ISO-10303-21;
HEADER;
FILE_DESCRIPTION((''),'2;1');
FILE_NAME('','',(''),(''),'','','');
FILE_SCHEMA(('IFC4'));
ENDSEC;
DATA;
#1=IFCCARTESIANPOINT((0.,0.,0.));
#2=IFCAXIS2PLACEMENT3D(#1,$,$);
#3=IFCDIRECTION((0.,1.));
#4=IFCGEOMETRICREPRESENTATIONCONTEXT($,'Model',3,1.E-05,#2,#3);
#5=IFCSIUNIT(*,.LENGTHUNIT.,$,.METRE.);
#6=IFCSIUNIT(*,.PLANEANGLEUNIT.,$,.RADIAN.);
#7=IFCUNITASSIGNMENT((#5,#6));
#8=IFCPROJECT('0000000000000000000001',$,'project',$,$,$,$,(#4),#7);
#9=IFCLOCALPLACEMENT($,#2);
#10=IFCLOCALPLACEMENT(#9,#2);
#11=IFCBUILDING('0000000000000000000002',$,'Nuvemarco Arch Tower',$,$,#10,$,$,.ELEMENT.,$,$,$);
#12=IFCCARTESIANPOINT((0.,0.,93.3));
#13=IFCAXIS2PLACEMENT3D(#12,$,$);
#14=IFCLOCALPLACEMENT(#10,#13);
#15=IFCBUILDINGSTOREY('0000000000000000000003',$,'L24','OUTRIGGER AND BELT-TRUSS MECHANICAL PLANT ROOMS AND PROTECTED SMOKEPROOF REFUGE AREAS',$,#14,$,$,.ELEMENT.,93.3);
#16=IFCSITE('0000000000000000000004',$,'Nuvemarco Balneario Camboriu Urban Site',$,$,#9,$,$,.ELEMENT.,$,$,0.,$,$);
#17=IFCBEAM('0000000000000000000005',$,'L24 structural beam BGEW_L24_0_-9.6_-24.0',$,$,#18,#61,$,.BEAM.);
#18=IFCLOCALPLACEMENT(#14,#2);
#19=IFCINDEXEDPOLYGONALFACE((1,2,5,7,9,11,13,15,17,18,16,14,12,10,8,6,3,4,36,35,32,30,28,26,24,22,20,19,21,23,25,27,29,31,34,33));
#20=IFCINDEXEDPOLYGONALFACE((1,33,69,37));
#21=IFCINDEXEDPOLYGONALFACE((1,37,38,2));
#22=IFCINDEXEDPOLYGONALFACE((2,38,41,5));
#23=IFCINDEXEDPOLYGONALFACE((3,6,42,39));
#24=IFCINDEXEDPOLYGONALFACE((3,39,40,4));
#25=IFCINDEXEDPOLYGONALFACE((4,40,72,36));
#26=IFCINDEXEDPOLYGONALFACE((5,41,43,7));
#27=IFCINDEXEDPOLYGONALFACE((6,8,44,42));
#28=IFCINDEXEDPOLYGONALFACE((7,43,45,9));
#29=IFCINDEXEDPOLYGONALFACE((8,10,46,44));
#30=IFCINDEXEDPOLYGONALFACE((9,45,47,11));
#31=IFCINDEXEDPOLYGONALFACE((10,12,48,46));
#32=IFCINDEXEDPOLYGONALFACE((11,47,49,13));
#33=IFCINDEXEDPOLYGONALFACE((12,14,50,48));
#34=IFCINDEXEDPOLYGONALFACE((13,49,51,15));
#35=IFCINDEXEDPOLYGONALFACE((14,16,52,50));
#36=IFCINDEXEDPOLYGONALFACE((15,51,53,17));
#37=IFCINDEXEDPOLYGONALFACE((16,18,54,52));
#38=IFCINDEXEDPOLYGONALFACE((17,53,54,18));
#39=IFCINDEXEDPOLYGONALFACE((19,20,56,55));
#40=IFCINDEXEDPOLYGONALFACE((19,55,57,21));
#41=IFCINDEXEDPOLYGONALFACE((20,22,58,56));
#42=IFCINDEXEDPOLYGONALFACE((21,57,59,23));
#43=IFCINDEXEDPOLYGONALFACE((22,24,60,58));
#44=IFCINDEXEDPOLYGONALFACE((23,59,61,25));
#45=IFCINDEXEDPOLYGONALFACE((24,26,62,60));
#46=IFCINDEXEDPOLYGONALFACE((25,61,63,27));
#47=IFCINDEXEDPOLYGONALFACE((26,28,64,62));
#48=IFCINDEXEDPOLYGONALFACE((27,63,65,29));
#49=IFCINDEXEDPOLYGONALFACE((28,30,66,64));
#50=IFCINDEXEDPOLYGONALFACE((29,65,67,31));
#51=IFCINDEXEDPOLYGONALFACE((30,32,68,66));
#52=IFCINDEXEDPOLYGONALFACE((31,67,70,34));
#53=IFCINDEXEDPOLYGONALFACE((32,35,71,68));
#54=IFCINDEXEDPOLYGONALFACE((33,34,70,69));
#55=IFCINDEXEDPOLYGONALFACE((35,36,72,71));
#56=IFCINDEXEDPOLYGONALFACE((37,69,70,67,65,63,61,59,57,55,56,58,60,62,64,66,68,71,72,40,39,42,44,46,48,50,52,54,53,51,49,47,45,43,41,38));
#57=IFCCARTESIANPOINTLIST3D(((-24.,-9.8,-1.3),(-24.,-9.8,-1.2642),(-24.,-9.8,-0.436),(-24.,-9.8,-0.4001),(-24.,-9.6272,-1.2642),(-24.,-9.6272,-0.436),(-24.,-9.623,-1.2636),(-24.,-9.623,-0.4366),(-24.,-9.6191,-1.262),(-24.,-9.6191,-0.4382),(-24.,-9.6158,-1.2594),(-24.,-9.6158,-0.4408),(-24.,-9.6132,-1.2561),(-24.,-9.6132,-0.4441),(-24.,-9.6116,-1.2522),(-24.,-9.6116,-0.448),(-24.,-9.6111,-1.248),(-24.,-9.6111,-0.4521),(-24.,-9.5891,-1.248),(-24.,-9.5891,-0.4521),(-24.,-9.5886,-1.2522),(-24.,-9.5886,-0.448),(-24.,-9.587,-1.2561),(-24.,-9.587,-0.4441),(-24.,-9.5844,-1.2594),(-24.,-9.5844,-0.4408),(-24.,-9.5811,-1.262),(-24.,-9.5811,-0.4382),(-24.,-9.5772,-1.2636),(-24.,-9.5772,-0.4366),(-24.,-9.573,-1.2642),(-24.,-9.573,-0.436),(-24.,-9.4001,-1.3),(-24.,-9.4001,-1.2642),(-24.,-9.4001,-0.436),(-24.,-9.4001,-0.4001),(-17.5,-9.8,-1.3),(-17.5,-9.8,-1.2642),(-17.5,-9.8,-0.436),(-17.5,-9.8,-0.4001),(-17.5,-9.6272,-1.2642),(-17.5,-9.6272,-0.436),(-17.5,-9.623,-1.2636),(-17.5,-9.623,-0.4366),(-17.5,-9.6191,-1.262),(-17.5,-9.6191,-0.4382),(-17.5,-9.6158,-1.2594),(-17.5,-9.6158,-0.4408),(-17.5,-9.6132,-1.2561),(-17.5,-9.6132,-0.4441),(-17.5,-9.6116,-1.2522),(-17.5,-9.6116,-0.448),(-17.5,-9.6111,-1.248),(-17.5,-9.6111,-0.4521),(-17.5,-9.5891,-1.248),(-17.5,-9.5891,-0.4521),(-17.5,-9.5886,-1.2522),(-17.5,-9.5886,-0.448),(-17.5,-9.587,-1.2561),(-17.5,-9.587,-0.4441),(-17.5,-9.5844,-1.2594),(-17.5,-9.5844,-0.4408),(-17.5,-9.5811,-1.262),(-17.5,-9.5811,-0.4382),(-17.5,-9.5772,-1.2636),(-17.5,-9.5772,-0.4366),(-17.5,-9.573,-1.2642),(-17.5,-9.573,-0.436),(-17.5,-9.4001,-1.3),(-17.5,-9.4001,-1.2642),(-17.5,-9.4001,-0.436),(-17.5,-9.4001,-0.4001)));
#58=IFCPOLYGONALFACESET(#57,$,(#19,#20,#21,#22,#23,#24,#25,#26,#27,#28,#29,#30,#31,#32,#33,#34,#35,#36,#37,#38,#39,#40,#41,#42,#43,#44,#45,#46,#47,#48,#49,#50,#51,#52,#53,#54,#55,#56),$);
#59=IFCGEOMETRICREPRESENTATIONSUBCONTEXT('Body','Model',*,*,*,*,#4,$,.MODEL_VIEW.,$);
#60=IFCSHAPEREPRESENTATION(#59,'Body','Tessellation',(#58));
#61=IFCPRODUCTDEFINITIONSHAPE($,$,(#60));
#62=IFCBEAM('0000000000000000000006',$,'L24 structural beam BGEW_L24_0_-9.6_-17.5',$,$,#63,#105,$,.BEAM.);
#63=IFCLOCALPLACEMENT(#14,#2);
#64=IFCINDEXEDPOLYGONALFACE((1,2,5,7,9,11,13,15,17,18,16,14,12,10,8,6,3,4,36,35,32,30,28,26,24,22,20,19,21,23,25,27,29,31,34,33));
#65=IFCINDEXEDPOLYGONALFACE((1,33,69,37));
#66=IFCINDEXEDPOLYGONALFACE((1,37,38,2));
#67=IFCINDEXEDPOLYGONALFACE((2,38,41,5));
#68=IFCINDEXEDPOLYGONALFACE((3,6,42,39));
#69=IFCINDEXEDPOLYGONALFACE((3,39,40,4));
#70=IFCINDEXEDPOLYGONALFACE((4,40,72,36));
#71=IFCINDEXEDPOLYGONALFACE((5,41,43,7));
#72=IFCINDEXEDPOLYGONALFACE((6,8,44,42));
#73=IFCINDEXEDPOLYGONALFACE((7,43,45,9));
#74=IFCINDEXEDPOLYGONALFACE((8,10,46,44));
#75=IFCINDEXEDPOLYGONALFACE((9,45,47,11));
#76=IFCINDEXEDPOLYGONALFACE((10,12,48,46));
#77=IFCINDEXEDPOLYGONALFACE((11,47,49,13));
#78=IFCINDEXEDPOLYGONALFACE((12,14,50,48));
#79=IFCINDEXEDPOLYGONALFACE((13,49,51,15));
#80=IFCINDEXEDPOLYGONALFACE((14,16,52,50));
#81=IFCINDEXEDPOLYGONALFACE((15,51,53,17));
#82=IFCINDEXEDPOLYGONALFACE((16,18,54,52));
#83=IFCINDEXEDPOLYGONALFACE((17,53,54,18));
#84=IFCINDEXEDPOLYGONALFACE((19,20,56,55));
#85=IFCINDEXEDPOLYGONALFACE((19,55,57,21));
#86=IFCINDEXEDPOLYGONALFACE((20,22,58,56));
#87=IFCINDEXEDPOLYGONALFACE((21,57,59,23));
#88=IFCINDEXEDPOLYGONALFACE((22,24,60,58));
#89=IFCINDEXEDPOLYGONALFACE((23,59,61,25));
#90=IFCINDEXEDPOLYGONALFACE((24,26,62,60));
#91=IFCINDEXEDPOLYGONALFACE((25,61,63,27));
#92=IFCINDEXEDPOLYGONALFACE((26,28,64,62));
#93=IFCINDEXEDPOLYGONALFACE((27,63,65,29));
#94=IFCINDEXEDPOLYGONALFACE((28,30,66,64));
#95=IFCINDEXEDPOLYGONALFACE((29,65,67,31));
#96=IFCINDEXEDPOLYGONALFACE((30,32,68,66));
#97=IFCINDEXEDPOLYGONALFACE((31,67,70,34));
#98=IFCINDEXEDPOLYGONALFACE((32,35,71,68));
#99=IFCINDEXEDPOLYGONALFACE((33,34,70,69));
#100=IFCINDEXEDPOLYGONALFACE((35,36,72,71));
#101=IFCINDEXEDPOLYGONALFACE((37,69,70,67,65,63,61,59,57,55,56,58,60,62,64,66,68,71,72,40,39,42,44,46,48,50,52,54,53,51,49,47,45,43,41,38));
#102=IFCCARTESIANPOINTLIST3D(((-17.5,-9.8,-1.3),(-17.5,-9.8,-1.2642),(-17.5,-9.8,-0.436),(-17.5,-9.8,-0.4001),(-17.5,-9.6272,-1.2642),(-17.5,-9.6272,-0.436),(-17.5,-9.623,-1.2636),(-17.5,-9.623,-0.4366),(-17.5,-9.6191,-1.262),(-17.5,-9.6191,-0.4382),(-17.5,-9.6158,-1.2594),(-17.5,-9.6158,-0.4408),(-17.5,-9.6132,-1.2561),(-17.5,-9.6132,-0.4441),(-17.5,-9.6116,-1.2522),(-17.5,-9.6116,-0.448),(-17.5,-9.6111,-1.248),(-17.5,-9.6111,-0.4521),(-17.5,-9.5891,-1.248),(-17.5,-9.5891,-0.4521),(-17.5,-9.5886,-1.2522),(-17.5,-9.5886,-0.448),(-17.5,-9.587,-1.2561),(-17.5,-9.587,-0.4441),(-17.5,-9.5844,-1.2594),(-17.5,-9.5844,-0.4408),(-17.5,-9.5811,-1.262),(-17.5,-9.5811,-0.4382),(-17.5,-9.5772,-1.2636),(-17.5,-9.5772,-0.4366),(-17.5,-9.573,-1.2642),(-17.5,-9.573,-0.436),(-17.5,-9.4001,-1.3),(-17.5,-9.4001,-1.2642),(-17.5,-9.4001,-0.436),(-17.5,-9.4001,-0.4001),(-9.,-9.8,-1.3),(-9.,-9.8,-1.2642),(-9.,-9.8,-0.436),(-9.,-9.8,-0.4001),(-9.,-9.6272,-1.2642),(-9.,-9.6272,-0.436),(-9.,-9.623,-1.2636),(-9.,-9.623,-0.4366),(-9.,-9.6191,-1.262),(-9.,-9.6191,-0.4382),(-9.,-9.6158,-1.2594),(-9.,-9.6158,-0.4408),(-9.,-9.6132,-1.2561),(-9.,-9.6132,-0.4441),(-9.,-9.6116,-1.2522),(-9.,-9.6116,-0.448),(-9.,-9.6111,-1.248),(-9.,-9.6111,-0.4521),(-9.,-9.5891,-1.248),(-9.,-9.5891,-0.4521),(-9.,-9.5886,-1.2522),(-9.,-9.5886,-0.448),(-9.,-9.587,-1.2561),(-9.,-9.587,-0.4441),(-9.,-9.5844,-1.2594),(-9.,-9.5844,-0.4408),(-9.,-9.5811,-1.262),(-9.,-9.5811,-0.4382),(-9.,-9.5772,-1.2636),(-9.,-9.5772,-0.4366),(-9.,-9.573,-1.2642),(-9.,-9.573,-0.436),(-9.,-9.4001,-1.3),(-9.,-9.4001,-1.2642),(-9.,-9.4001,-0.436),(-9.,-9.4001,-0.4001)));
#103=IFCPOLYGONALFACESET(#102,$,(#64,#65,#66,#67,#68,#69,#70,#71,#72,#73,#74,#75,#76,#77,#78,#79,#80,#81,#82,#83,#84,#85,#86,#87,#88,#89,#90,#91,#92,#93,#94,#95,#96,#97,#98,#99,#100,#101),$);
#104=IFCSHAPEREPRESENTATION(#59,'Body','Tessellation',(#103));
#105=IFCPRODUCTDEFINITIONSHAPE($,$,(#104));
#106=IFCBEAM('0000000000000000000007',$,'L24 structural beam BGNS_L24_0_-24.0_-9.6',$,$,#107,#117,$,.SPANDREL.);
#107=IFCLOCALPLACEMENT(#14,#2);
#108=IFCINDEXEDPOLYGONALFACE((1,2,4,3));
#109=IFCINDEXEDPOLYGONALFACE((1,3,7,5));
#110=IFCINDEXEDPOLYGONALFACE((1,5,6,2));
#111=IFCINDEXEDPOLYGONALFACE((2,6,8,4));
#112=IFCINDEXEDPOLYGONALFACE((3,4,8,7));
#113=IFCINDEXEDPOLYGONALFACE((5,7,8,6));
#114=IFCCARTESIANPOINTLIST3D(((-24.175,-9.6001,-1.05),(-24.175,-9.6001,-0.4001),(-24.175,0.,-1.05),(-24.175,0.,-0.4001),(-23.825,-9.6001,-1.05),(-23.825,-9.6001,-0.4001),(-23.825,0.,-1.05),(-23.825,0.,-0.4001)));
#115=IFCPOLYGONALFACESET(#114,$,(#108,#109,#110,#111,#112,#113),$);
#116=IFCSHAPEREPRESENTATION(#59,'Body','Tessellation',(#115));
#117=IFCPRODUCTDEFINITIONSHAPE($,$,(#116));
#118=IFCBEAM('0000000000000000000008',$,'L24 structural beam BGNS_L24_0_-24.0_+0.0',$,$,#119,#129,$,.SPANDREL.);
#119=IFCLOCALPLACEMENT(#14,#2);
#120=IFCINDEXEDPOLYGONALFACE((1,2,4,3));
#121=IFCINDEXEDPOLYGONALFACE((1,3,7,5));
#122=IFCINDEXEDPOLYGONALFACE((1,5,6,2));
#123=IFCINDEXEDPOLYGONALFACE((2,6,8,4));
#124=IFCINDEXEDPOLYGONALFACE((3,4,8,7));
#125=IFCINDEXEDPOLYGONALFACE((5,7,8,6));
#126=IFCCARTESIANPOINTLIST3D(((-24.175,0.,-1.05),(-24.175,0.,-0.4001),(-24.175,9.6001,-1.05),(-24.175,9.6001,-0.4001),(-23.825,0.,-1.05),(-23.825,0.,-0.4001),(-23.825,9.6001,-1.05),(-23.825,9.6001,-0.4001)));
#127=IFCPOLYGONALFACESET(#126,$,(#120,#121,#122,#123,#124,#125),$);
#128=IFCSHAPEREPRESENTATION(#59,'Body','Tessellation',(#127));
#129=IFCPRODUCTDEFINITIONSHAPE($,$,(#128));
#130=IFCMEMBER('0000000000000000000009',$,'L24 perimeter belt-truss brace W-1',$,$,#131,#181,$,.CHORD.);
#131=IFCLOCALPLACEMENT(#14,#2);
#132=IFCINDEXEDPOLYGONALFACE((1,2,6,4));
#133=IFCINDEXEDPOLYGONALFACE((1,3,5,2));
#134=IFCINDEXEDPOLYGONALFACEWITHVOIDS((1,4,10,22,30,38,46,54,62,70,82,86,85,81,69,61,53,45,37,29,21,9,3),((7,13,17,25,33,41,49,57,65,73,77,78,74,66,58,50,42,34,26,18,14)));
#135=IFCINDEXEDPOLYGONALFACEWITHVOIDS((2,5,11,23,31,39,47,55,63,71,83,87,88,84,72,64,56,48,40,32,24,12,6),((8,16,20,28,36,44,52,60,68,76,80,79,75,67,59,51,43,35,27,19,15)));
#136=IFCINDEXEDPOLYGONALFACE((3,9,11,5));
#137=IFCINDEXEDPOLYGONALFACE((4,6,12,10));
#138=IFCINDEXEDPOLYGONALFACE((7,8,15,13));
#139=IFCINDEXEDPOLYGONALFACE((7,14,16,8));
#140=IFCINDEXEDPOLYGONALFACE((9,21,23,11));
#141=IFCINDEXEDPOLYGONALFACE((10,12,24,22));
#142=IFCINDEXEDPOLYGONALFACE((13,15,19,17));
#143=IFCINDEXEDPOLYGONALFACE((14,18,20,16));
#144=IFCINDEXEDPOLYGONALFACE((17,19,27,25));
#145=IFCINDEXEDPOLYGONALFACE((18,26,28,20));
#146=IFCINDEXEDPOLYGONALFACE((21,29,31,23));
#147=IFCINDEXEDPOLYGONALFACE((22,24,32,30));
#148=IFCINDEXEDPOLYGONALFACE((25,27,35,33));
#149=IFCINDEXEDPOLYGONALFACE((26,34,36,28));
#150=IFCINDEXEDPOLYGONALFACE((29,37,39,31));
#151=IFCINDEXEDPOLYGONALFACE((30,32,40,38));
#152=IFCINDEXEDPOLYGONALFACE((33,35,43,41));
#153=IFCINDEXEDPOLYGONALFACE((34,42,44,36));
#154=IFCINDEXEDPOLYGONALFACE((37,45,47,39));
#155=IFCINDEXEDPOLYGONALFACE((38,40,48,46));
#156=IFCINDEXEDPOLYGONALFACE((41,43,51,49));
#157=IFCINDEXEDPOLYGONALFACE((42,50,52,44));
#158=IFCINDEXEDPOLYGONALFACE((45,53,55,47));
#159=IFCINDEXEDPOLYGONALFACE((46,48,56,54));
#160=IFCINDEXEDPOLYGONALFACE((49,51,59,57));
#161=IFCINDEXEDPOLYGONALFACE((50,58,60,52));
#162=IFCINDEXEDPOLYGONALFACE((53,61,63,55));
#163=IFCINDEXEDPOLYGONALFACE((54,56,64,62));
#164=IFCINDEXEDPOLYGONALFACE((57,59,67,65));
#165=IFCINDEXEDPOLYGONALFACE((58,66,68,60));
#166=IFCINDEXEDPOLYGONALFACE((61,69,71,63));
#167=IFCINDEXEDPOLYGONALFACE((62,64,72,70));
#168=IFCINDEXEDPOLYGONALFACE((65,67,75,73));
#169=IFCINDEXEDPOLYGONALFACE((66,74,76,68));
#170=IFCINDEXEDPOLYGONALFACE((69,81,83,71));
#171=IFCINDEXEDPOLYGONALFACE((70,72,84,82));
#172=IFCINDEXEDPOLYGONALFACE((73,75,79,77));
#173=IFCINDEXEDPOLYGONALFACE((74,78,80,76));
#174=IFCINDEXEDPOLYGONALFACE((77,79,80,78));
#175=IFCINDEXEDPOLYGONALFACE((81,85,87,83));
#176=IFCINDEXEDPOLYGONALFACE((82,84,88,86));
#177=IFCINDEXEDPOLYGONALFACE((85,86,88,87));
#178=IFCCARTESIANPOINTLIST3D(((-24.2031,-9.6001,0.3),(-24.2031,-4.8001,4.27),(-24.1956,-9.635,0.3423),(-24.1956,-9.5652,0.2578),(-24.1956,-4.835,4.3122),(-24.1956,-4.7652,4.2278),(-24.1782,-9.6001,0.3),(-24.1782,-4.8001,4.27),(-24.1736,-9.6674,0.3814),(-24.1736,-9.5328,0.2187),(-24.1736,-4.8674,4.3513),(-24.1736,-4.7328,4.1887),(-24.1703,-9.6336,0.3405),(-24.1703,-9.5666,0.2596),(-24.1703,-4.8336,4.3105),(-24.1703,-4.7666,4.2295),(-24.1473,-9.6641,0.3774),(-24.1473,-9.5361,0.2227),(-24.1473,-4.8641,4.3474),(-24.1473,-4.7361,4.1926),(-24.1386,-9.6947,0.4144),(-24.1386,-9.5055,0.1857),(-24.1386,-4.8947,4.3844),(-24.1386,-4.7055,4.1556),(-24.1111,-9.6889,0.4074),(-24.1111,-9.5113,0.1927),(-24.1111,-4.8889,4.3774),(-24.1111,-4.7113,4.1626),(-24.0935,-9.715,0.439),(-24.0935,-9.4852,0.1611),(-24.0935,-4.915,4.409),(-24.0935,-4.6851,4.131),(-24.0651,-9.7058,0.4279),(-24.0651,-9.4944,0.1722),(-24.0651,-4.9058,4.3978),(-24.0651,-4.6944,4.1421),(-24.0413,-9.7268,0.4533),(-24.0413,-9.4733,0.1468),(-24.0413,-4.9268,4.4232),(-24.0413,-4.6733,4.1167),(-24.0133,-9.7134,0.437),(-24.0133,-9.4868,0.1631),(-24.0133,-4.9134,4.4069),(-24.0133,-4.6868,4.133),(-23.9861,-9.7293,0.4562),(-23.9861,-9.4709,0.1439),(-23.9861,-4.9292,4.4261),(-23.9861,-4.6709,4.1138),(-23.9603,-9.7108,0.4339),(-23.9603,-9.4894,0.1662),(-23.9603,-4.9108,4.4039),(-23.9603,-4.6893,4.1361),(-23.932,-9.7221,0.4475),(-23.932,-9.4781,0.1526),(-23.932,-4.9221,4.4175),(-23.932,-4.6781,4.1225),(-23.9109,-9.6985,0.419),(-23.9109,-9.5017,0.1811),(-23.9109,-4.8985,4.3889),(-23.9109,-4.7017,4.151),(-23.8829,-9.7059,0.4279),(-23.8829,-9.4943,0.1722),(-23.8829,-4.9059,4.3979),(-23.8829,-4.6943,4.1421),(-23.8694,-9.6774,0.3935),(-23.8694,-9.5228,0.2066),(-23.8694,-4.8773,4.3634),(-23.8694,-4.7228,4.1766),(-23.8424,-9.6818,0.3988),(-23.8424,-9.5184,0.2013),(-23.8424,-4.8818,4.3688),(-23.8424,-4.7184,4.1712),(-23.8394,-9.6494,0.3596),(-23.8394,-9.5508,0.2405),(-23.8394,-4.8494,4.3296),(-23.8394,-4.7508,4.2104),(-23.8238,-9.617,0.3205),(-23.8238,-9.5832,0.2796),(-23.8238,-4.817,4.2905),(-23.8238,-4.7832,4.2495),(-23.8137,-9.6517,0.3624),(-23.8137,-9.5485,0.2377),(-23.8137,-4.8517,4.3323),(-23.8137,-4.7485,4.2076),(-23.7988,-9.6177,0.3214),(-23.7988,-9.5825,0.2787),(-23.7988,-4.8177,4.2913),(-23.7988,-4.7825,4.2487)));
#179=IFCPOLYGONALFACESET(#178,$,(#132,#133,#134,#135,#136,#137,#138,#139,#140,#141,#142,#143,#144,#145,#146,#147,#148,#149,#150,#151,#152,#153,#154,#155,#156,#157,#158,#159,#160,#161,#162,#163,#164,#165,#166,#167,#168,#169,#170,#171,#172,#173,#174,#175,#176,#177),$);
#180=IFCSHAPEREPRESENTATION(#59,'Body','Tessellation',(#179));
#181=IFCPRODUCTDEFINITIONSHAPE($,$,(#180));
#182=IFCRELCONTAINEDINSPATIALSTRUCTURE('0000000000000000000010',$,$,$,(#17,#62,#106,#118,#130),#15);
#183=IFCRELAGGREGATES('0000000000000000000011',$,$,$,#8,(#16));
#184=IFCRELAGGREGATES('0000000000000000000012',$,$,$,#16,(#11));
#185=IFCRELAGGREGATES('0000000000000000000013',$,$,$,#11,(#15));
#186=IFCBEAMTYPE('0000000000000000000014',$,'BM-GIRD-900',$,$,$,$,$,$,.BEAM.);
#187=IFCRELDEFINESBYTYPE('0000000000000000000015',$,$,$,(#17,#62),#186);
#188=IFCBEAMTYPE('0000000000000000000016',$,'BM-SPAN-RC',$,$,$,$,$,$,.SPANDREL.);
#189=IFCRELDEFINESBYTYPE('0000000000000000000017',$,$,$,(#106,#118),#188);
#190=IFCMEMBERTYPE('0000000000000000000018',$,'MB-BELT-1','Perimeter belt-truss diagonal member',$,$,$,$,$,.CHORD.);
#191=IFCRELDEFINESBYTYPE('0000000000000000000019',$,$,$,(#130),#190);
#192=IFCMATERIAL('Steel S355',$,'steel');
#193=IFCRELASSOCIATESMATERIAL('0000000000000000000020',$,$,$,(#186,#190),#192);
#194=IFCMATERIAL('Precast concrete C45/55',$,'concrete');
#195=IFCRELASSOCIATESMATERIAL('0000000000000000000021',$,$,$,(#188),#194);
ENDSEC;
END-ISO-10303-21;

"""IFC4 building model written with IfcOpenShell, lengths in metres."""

from ifc_helpers import new_model, si_unit, direction, frame, origin, origin_2d, place, context, subcontext, project, spatial, rectangle, hollow_circle, i_section, extrude, material, material_profile, profile_set, type_object, element, save


model = new_model("IFC4")

# Units and contexts
model_context = context("Model", 3, precision=1e-05, world=origin(), true_north=direction((0.0, 1.0)))
body_context = subcontext(model_context, "Body", "Model", "MODEL_VIEW")
ifc_project = project(units=[si_unit("LENGTHUNIT", "METRE"), si_unit("PLANEANGLEUNIT", "RADIAN")], contexts=[model_context])

# Site, building, storey
site_placement = place(None, origin())
site = spatial("IfcSite", under=ifc_project, at=site_placement, Name="Nuvemarco Balneario Camboriu Urban Site", CompositionType="ELEMENT", RefElevation=0.0)
building_placement = place(site_placement, origin())
building = spatial("IfcBuilding", under=site, at=building_placement, Name="Nuvemarco Arch Tower", CompositionType="ELEMENT")
storey_placement = place(building_placement, frame((0.0, 0.0, 93.3)))
storey = spatial("IfcBuildingStorey", under=building, at=storey_placement, Name="L24", Description="OUTRIGGER AND BELT-TRUSS MECHANICAL PLANT ROOMS AND PROTECTED SMOKEPROOF REFUGE AREAS", CompositionType="ELEMENT", Elevation=93.3)

# Beams
ifc_material_1 = material(Name="Steel S355", Category="steel")
ifc_material_profile_1 = material_profile(ifc_material_1, i_section(OverallWidth=0.3999, OverallDepth=0.8999, WebThickness=0.022, FlangeThickness=0.0359, FilletRadius=0.0161, at=origin_2d()), Name="PG900x400")
ifc_profile_set_1 = profile_set([ifc_material_profile_1], Name="Steel S355")
beam_type_1 = type_object("IfcBeamType", Name="BM-GIRD-900", PredefinedType="BEAM", material=ifc_profile_set_1)
beam_1_placement = place(storey_placement, frame((-24.0, -9.6001, -0.8501), z_axis=(1.0, 0.0, 0.0), x_axis=(0.0, 1.0, 0.0)))
element("IfcBeam", 1, at=beam_1_placement, inside=storey, type_object=beam_type_1, Name="L24 structural beam BGEW_L24_0_-9.6_-24.0", PredefinedType="BEAM", context=body_context, shape_type="SweptSolid", body=[
    extrude(i_section(OverallWidth=0.3999, OverallDepth=0.8999, WebThickness=0.022, FlangeThickness=0.0359, FilletRadius=0.0161, at=origin_2d()), origin(), (0.0, 0.0, 1.0), 6.5),
])
beam_2_placement = place(storey_placement, frame((-17.5, -9.6001, -0.8501), z_axis=(1.0, 0.0, 0.0), x_axis=(0.0, 1.0, 0.0)))
element("IfcBeam", 2, at=beam_2_placement, inside=storey, type_object=beam_type_1, Name="L24 structural beam BGEW_L24_0_-9.6_-17.5", PredefinedType="BEAM", context=body_context, shape_type="SweptSolid", body=[
    extrude(i_section(OverallWidth=0.3999, OverallDepth=0.8999, WebThickness=0.022, FlangeThickness=0.0359, FilletRadius=0.0161, at=origin_2d()), origin(), (0.0, 0.0, 1.0), 8.5),
])
ifc_material_2 = material(Name="Precast concrete C45/55", Category="concrete")
ifc_material_profile_2 = material_profile(ifc_material_2, rectangle(XDim=0.3501, YDim=0.6499, at=origin_2d()), Name="PC-SP-350x650")
ifc_profile_set_2 = profile_set([ifc_material_profile_2], Name="Precast concrete C45/55")
beam_type_2 = type_object("IfcBeamType", Name="BM-SPAN-RC", PredefinedType="SPANDREL", material=ifc_profile_set_2)
for number, where, z_axis, x_axis, name in (
    (3, (-24.0, -9.6001, -0.7251), (0.0, 1.0, 0.0), (-1.0, 0.0, 0.0), "L24 structural beam BGNS_L24_0_-24.0_-9.6"),
    (4, (-24.0, 0.0, -0.7251), (0.0, 1.0, 0.0), (-1.0, 0.0, 0.0), "L24 structural beam BGNS_L24_0_-24.0_+0.0"),
):
    element("IfcBeam", number, at=place(storey_placement, frame(where, z_axis=z_axis, x_axis=x_axis)), inside=storey, type_object=beam_type_2, Name=name, PredefinedType="SPANDREL", context=body_context, shape_type="SweptSolid", body=[
        extrude(rectangle(XDim=0.3501, YDim=0.6499, at=origin_2d()), origin(), (0.0, 0.0, 1.0), 9.6001),
    ])

# Member
ifc_material_profile_3 = material_profile(ifc_material_1, hollow_circle(Radius=0.2031, WallThickness=0.0249, at=origin_2d()), Name="CHS406.4x25")
ifc_profile_set_3 = profile_set([ifc_material_profile_3], Name="Steel S355")
member_type_1 = type_object("IfcMemberType", Name="MB-BELT-1", Description="Perimeter belt-truss diagonal member", PredefinedType="CHORD", material=ifc_profile_set_3)
for number, where, z_axis, x_axis, name in (
    (5, (-24.0, -9.6001, 0.3), (0.0, 0.77059, 0.637331), (-1.0, 0.0, 0.0), "L24 perimeter belt-truss brace W-1"),
):
    element("IfcMember", number, at=place(storey_placement, frame(where, z_axis=z_axis, x_axis=x_axis)), inside=storey, type_object=member_type_1, Name=name, PredefinedType="CHORD", context=body_context, shape_type="SweptSolid", body=[
        extrude(hollow_circle(Radius=0.2031, WallThickness=0.0249, at=origin_2d()), origin(), (0.0, 0.0, 1.0), 6.229),
    ])

save(model, "model.ifc")
